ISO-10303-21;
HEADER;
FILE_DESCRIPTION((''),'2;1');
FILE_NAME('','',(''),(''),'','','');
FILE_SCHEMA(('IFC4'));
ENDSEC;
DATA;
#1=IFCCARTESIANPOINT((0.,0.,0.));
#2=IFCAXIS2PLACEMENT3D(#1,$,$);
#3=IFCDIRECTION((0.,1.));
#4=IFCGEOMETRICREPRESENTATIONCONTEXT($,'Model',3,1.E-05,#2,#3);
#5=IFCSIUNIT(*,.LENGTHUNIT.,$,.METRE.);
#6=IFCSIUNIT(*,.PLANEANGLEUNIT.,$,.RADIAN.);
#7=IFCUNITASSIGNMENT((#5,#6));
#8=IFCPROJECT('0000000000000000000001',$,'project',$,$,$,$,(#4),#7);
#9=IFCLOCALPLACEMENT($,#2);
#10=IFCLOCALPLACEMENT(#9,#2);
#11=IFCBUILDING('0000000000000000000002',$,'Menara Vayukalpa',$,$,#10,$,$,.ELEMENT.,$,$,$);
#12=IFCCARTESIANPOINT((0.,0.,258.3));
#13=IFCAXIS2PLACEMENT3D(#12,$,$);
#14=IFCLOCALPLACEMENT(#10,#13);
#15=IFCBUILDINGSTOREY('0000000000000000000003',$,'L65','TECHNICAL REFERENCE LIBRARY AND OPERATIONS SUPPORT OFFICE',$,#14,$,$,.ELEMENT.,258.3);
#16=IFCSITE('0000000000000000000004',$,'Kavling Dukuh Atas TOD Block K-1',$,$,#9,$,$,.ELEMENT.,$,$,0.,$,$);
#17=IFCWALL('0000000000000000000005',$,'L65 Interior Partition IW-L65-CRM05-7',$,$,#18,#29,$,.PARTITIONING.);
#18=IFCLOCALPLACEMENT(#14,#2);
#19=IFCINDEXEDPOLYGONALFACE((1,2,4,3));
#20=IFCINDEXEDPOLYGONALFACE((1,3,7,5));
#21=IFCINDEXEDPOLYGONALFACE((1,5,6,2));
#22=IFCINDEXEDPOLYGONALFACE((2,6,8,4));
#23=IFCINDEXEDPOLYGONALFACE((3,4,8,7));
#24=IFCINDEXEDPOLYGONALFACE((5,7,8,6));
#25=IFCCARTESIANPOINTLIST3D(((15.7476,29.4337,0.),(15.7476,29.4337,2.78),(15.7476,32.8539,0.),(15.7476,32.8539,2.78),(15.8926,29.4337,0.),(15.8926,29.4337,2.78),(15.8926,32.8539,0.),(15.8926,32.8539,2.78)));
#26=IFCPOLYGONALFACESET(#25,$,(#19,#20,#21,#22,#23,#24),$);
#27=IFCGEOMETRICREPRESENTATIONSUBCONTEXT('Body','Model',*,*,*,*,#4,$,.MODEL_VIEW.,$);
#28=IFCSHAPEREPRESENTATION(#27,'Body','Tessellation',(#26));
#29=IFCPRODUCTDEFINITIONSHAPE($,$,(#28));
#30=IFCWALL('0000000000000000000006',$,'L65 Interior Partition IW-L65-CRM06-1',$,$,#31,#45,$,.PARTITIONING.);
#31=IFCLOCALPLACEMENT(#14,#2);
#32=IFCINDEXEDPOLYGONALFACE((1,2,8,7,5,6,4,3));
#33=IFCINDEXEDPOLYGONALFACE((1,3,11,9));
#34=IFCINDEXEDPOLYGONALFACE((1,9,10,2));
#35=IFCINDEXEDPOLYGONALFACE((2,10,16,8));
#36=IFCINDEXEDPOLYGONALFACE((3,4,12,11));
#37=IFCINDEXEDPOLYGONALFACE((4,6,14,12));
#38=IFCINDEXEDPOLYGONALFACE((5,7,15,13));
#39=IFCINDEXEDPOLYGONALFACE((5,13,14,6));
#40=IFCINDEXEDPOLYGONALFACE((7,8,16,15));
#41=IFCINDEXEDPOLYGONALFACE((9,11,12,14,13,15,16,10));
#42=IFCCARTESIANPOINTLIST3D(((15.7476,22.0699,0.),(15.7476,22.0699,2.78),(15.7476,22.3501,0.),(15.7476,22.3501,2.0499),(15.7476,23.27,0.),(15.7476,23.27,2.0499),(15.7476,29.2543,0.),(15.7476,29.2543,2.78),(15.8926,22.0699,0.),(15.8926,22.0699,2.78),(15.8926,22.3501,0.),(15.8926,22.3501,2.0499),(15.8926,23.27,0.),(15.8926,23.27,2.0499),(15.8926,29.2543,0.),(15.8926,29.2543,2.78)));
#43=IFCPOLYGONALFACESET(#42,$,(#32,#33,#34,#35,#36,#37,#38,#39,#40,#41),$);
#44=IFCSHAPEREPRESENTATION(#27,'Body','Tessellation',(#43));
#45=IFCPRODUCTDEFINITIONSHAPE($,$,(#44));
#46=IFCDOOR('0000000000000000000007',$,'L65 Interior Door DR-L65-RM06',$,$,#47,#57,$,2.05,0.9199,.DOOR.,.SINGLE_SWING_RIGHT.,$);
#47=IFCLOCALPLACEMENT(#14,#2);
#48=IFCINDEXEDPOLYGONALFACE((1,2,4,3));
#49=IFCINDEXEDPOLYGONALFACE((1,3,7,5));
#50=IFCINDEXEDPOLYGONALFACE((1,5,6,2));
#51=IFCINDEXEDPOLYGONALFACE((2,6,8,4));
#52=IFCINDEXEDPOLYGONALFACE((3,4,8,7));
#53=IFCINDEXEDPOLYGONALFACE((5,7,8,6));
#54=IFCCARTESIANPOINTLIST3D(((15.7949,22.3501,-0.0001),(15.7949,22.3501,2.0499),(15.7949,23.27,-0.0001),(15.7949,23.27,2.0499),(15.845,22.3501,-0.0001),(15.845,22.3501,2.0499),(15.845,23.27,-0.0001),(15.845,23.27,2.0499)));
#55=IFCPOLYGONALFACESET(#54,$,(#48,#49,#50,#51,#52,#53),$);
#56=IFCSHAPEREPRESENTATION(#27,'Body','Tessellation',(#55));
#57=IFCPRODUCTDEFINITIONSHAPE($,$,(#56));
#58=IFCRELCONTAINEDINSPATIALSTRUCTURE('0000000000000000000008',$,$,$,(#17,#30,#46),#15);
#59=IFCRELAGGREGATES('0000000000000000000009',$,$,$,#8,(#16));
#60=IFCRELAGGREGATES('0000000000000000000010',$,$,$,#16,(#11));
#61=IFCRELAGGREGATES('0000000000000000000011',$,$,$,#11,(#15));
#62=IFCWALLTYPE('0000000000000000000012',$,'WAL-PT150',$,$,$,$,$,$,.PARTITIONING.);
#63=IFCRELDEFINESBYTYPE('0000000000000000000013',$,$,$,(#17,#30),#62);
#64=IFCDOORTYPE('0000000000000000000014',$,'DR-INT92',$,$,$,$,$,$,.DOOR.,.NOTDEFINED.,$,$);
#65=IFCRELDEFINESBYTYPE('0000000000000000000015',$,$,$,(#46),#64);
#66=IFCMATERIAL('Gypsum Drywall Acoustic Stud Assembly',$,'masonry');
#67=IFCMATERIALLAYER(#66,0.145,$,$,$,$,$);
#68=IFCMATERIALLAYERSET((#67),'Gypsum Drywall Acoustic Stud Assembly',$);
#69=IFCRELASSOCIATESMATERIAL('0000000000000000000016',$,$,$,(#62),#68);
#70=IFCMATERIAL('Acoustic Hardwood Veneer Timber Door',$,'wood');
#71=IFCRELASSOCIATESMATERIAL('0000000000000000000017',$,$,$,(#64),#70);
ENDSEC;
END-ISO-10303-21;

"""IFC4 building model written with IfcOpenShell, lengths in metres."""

from ifc_helpers import new_model, si_unit, direction, frame, frame_2d, origin, place, context, subcontext, project, spatial, rectangle, extrude, material, layer, layer_set, type_object, element, fill, save


model = new_model("IFC4")

# Units and contexts
model_context = context("Model", 3, precision=1e-05, world=origin(), true_north=direction((0.0, 1.0)))
body_context = subcontext(model_context, "Body", "Model", "MODEL_VIEW")
ifc_project = project(units=[si_unit("LENGTHUNIT", "METRE"), si_unit("PLANEANGLEUNIT", "RADIAN")], contexts=[model_context])

# Site, building, storey
site_placement = place(None, origin())
site = spatial("IfcSite", under=ifc_project, at=site_placement, Name="Kavling Dukuh Atas TOD Block K-1", CompositionType="ELEMENT", RefElevation=0.0)
building_placement = place(site_placement, origin())
building = spatial("IfcBuilding", under=site, at=building_placement, Name="Menara Vayukalpa", CompositionType="ELEMENT")
storey_placement = place(building_placement, frame((0.0, 0.0, 258.3)))
storey = spatial("IfcBuildingStorey", under=building, at=storey_placement, Name="L65", Description="TECHNICAL REFERENCE LIBRARY AND OPERATIONS SUPPORT OFFICE", CompositionType="ELEMENT", Elevation=258.3)

# Shared definitions
ifc_material_1 = material(Name="Gypsum Drywall Acoustic Stud Assembly", Category="masonry")
ifc_layer_1 = layer(ifc_material_1, 0.145)
ifc_layer_set_1 = layer_set([ifc_layer_1], Name="Gypsum Drywall Acoustic Stud Assembly")
wall_type_1 = type_object("IfcWallType", Name="WAL-PT150", PredefinedType="PARTITIONING", material=ifc_layer_set_1)

# Wall
wall_1_placement = place(storey_placement, frame((15.8201, 32.8538, 0.0), z_axis=(0.0, 0.0, 1.0), x_axis=(0.0, -1.0, 0.0)))
element("IfcWall", 1, at=wall_1_placement, inside=storey, type_object=wall_type_1, Name="L65 Interior Partition IW-L65-CRM05-7", PredefinedType="PARTITIONING", context=body_context, shape_type="SweptSolid", body=[
    extrude(rectangle(XDim=3.4202, YDim=0.145, at=frame_2d((1.71, 0.0))), origin(), (0.0, 0.0, 1.0), 2.78),
])

# Wall, opening, door
wall_2_placement = place(storey_placement, frame((15.8201, 29.2544, 0.0), z_axis=(0.0, 0.0, 1.0), x_axis=(0.0, -1.0, 0.0)))
wall_2 = element("IfcWall", 2, at=wall_2_placement, inside=storey, type_object=wall_type_1, Name="L65 Interior Partition IW-L65-CRM06-1", PredefinedType="PARTITIONING", context=body_context, shape_type="SweptSolid", body=[
    extrude(rectangle(XDim=7.1843, YDim=0.145, at=frame_2d((3.5923, 0.0))), origin(), (0.0, 0.0, 1.0), 2.78),
])
opening_1_placement = place(wall_2_placement, frame((5.9844, 0.0, 0.0)))
opening_1 = element("IfcOpeningElement", 3, at=opening_1_placement, cuts=wall_2, PredefinedType="OPENING", context=body_context, shape_type="SweptSolid", body=[
    extrude(rectangle(XDim=0.9199, YDim=2.05, at=frame_2d((0.46, 1.0249))), frame((0.0, 0.0825, 0.0), z_axis=(0.0, -1.0, 0.0), x_axis=(1.0, 0.0, 0.0)), (0.0, 0.0, 1.0), 0.165),
])
ifc_material_2 = material(Name="Acoustic Hardwood Veneer Timber Door", Category="wood")
door_type_1 = type_object("IfcDoorType", Name="DR-INT92", OperationType="NOTDEFINED", PredefinedType="DOOR", material=ifc_material_2)
door_1_placement = place(opening_1_placement, origin())
door_1 = element("IfcDoor", 4, at=door_1_placement, inside=storey, type_object=door_type_1, Name="L65 Interior Door DR-L65-RM06", OperationType="SINGLE_SWING_RIGHT", OverallHeight=2.05, OverallWidth=0.9199, PredefinedType="DOOR", context=body_context, shape_type="SweptSolid", body=[
    extrude(rectangle(XDim=0.9199, YDim=2.05, at=frame_2d((0.46, 1.0249))), frame((0.0, 0.0249, 0.0), z_axis=(0.0, -1.0, 0.0), x_axis=(1.0, 0.0, 0.0)), (0.0, 0.0, 1.0), 0.05),
])
fill(opening_1, door_1)

save(model, "model.ifc")
